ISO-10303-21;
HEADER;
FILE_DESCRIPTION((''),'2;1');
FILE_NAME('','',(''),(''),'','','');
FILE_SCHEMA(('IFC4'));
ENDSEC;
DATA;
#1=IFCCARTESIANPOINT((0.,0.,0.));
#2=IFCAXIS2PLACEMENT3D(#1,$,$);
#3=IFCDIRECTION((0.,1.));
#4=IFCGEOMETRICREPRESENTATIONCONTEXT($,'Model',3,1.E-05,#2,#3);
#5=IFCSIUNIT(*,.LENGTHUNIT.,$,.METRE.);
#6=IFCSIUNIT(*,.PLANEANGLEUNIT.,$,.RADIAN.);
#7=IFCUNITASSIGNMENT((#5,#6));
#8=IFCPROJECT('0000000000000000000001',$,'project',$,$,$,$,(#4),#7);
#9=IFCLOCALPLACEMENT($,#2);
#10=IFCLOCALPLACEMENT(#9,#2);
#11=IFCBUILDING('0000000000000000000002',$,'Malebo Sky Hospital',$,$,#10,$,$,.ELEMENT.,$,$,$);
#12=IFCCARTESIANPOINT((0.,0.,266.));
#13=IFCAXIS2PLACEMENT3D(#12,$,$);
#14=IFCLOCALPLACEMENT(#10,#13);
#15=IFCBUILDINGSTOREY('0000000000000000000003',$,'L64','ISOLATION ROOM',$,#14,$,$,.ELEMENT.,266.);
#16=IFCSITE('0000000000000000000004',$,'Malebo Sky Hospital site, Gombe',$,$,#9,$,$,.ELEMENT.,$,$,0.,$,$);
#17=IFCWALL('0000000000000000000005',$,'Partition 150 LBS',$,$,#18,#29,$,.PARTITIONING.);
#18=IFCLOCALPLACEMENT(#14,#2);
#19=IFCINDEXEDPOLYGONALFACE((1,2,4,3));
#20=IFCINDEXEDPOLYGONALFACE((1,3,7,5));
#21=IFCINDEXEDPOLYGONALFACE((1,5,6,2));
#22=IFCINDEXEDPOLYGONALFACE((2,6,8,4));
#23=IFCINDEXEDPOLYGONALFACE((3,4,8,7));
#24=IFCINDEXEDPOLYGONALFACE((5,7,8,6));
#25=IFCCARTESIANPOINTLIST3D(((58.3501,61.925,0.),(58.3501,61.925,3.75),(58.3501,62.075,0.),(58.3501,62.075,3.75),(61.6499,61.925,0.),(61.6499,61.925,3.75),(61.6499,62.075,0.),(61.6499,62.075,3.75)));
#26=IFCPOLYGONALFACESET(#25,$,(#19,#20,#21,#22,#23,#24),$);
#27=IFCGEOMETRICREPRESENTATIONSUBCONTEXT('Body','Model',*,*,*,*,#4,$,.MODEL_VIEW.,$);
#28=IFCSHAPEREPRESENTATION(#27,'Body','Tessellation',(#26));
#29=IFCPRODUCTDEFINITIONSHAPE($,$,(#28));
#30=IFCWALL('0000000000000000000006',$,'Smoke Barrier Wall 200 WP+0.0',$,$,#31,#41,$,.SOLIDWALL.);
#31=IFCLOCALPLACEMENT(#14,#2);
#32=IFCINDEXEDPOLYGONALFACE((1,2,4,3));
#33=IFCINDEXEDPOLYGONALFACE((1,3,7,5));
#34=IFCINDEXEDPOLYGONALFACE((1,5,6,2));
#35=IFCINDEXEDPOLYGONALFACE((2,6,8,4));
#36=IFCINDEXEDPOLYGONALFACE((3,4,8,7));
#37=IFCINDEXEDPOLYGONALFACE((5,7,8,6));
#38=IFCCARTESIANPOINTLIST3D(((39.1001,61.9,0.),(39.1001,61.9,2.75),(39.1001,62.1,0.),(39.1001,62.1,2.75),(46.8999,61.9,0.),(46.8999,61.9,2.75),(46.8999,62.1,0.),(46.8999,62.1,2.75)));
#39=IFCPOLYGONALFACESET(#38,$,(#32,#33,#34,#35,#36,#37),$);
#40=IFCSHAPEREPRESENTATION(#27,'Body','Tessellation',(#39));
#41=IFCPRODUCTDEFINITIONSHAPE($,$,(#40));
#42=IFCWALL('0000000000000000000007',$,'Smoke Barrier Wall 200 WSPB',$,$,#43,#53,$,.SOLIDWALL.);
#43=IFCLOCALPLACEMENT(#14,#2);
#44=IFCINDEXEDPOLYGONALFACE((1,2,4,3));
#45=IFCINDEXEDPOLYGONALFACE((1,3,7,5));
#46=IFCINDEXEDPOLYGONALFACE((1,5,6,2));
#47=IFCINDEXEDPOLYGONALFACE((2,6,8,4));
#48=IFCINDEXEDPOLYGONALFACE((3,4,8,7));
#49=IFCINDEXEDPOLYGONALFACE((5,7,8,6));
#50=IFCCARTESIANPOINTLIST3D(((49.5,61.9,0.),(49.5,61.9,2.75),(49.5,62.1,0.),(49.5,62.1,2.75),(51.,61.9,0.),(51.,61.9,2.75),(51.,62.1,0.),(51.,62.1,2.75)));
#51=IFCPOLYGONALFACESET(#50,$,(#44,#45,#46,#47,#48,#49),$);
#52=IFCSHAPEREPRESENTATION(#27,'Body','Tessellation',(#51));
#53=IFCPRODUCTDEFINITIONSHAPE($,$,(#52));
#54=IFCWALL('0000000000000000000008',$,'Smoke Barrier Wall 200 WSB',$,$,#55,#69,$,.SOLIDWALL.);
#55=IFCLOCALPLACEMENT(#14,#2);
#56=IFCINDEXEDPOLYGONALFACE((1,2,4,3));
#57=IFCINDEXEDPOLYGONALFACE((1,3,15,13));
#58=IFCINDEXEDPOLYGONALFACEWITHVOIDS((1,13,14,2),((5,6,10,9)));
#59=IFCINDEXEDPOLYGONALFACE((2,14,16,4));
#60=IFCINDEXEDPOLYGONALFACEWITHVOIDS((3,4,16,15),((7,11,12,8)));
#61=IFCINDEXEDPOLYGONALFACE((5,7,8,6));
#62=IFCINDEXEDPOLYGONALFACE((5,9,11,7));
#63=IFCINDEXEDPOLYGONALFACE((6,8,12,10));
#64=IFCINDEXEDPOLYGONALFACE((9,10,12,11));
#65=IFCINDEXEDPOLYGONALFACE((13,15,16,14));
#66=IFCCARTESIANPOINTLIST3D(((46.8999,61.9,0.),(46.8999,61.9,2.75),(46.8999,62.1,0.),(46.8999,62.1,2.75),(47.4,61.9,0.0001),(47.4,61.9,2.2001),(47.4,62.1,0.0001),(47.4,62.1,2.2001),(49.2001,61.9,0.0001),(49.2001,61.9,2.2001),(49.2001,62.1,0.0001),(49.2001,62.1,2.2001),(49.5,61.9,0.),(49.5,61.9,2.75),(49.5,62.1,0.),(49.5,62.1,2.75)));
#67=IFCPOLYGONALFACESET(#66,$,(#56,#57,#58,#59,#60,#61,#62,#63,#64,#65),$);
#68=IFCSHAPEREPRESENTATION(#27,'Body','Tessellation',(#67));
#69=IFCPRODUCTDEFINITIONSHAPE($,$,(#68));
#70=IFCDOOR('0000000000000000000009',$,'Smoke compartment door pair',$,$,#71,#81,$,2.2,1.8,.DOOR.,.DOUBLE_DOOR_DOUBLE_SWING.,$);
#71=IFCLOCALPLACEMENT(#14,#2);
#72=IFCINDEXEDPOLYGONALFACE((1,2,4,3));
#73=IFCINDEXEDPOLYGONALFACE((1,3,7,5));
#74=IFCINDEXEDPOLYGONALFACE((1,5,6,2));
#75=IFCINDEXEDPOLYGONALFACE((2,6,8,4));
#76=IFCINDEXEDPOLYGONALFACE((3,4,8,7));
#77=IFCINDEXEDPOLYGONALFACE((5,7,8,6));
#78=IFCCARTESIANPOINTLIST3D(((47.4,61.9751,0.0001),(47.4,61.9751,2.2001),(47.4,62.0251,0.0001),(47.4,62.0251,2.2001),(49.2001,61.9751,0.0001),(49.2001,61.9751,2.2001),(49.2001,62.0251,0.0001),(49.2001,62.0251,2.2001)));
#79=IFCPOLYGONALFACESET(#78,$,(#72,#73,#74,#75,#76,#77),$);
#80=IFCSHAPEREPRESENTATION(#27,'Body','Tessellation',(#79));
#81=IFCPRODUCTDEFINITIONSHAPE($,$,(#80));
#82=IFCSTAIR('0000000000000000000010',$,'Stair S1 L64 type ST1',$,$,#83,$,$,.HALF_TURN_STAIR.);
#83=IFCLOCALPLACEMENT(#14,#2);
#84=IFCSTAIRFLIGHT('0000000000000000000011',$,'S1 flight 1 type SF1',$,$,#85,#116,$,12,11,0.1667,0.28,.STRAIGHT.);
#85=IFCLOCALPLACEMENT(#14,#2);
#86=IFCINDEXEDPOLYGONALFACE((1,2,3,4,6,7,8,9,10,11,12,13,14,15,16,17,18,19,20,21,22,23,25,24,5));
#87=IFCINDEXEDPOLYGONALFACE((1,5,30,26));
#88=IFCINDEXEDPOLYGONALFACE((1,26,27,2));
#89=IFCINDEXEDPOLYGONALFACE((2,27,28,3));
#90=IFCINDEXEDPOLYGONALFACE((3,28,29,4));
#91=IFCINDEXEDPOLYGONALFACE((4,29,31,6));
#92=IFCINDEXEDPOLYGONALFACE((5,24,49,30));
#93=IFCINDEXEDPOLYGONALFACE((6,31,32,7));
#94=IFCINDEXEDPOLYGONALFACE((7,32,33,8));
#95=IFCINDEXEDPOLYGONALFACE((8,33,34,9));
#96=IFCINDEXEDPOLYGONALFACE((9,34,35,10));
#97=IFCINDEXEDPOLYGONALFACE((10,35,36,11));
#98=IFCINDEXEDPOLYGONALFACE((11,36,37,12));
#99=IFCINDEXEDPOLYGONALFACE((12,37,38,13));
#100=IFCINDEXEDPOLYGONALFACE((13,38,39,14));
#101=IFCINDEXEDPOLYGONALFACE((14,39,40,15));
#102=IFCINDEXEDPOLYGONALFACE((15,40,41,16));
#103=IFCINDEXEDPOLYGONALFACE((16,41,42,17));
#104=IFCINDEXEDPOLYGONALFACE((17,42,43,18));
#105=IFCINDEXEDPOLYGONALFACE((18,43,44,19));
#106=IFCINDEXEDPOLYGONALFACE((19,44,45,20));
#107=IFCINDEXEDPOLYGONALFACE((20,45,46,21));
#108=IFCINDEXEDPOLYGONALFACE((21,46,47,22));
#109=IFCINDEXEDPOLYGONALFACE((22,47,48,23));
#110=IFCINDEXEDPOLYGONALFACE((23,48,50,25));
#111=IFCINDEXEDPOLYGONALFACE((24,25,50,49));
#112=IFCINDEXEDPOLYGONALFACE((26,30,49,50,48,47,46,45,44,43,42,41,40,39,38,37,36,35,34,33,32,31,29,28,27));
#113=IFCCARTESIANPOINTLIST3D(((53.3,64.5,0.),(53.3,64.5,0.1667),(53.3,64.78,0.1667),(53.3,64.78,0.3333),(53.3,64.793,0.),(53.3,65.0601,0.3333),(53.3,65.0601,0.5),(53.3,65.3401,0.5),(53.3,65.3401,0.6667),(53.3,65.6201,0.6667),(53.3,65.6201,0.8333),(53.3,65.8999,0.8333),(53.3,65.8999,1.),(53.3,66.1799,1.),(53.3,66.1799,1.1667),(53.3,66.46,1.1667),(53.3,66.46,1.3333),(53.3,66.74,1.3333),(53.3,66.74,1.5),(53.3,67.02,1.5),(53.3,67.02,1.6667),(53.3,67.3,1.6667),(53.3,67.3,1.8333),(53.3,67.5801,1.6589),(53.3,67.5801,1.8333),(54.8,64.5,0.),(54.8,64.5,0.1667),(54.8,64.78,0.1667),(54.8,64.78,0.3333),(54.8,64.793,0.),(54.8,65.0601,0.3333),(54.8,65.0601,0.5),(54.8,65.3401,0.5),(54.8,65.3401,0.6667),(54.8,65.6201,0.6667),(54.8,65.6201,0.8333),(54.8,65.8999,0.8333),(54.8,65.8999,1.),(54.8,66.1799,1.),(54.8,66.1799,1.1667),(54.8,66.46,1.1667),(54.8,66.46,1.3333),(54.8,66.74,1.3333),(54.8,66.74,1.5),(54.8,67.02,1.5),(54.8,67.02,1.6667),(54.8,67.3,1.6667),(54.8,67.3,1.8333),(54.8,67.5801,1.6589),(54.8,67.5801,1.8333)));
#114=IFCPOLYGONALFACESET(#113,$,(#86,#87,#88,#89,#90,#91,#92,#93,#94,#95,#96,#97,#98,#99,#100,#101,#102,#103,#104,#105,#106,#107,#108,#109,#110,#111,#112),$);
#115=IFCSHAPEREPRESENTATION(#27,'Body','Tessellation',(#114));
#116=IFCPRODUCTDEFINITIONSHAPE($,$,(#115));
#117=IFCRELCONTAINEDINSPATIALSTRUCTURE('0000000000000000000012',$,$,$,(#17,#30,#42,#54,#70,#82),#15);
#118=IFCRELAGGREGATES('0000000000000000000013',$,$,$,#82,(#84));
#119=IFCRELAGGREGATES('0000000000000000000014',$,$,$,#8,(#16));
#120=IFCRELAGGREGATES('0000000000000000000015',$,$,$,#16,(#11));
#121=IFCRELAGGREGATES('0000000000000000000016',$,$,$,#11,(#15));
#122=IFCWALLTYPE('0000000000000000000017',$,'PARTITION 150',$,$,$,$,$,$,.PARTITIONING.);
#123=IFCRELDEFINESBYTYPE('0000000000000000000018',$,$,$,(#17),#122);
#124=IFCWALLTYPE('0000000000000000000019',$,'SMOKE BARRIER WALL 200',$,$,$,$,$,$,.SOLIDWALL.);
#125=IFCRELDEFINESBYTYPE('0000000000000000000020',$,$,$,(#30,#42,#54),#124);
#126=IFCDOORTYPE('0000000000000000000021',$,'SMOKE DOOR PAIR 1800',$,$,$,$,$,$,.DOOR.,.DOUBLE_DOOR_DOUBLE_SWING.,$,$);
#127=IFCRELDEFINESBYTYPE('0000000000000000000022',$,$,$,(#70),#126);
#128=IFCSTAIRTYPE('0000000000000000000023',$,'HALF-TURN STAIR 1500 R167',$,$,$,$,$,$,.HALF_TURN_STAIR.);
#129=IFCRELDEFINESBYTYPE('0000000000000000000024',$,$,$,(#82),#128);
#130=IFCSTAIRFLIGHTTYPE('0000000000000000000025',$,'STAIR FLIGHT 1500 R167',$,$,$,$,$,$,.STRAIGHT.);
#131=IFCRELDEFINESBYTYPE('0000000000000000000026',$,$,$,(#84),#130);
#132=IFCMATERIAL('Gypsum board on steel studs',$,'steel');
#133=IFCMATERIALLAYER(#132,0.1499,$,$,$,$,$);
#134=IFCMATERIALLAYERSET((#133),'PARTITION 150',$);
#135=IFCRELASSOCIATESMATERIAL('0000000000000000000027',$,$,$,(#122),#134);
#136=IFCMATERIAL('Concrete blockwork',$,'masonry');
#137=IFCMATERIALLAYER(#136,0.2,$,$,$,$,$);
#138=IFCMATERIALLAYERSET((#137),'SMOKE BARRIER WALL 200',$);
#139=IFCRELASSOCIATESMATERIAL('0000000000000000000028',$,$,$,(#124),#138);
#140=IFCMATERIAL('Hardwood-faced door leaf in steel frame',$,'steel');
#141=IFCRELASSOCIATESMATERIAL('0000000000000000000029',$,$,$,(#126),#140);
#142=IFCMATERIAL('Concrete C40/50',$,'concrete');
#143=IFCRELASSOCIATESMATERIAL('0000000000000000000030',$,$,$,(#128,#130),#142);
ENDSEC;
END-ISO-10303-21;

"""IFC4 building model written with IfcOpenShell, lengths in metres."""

from ifc_helpers import new_model, si_unit, direction, frame, frame_2d, origin, place, context, subcontext, project, spatial, polyline, rectangle, outline, extrude, material, layer, layer_set, type_object, element, fill, aggregate, save


model = new_model("IFC4")

# Units and contexts
model_context = context("Model", 3, precision=1e-05, world=origin(), true_north=direction((0.0, 1.0)))
body_context = subcontext(model_context, "Body", "Model", "MODEL_VIEW")
ifc_project = project(units=[si_unit("LENGTHUNIT", "METRE"), si_unit("PLANEANGLEUNIT", "RADIAN")], contexts=[model_context])

# Site, building, storey
site_placement = place(None, origin())
site = spatial("IfcSite", under=ifc_project, at=site_placement, Name="Malebo Sky Hospital site, Gombe", CompositionType="ELEMENT", RefElevation=0.0)
building_placement = place(site_placement, origin())
building = spatial("IfcBuilding", under=site, at=building_placement, Name="Malebo Sky Hospital", CompositionType="ELEMENT")
storey_placement = place(building_placement, frame((0.0, 0.0, 266.0)))
storey = spatial("IfcBuildingStorey", under=building, at=storey_placement, Name="L64", Description="ISOLATION ROOM", CompositionType="ELEMENT", Elevation=266.0)

# Shared definitions
ifc_material_1 = material(Name="Hardwood-faced door leaf in steel frame", Category="steel")

# Shared definitions
ifc_material_2 = material(Name="Gypsum board on steel studs", Category="steel")

# Walls
ifc_layer_1 = layer(ifc_material_2, 0.1499)
ifc_layer_set_1 = layer_set([ifc_layer_1], Name="PARTITION 150")
wall_type_1 = type_object("IfcWallType", Name="PARTITION 150", PredefinedType="PARTITIONING", material=ifc_layer_set_1)
wall_1_placement = place(storey_placement, frame((58.3501, 62.0, 0.0), z_axis=(0.0, 0.0, 1.0), x_axis=(1.0, 0.0, 0.0)))
element("IfcWall", 1, at=wall_1_placement, inside=storey, type_object=wall_type_1, Name="Partition 150 LBS", PredefinedType="PARTITIONING", context=body_context, shape_type="SweptSolid", body=[
    extrude(rectangle(XDim=3.2998, YDim=0.1499, at=frame_2d((1.6499, 0.0))), origin(), (0.0, 0.0, 1.0), 3.75),
])
ifc_material_3 = material(Name="Concrete blockwork", Category="masonry")
ifc_layer_2 = layer(ifc_material_3, 0.2)
ifc_layer_set_2 = layer_set([ifc_layer_2], Name="SMOKE BARRIER WALL 200")
wall_type_2 = type_object("IfcWallType", Name="SMOKE BARRIER WALL 200", PredefinedType="SOLIDWALL", material=ifc_layer_set_2)
wall_2_placement = place(storey_placement, frame((46.8999, 62.0, 0.0), z_axis=(0.0, 0.0, 1.0), x_axis=(-1.0, 0.0, 0.0)))
element("IfcWall", 2, at=wall_2_placement, inside=storey, type_object=wall_type_2, Name="Smoke Barrier Wall 200 WP+0.0", PredefinedType="SOLIDWALL", context=body_context, shape_type="SweptSolid", body=[
    extrude(rectangle(XDim=7.7998, YDim=0.2, at=frame_2d((3.8999, 0.0))), origin(), (0.0, 0.0, 1.0), 2.75),
])
wall_3_placement = place(storey_placement, frame((51.0, 62.0, 0.0), z_axis=(0.0, 0.0, 1.0), x_axis=(-1.0, 0.0, 0.0)))
element("IfcWall", 3, at=wall_3_placement, inside=storey, type_object=wall_type_2, Name="Smoke Barrier Wall 200 WSPB", PredefinedType="SOLIDWALL", context=body_context, shape_type="SweptSolid", body=[
    extrude(rectangle(XDim=1.5, YDim=0.2, at=frame_2d((0.75, 0.0))), origin(), (0.0, 0.0, 1.0), 2.75),
])

# Wall, opening, door
wall_4_placement = place(storey_placement, frame((49.5, 62.0, 0.0), z_axis=(0.0, 0.0, 1.0), x_axis=(-1.0, 0.0, 0.0)))
wall_4 = element("IfcWall", 4, at=wall_4_placement, inside=storey, type_object=wall_type_2, Name="Smoke Barrier Wall 200 WSB", PredefinedType="SOLIDWALL", context=body_context, shape_type="SweptSolid", body=[
    extrude(rectangle(XDim=2.6001, YDim=0.2, at=frame_2d((1.3, 0.0))), origin(), (0.0, 0.0, 1.0), 2.75),
])
opening_1_placement = place(wall_4_placement, frame((0.3, 0.0, 0.0)))
opening_1 = element("IfcOpeningElement", 5, at=opening_1_placement, cuts=wall_4, PredefinedType="OPENING", context=body_context, shape_type="SweptSolid", body=[
    extrude(rectangle(XDim=1.8, YDim=2.2, at=frame_2d((0.8999, 1.1001))), frame((0.0, 0.1099, 0.0), z_axis=(0.0, -1.0, 0.0), x_axis=(1.0, 0.0, 0.0)), (0.0, 0.0, 1.0), 0.22),
])
door_type_1 = type_object("IfcDoorType", Name="SMOKE DOOR PAIR 1800", OperationType="DOUBLE_DOOR_DOUBLE_SWING", PredefinedType="DOOR", material=ifc_material_1)
door_1_placement = place(opening_1_placement, origin())
door_1 = element("IfcDoor", 6, at=door_1_placement, inside=storey, type_object=door_type_1, Name="Smoke compartment door pair", OperationType="DOUBLE_DOOR_DOUBLE_SWING", OverallHeight=2.2, OverallWidth=1.8, PredefinedType="DOOR", context=body_context, shape_type="SweptSolid", body=[
    extrude(rectangle(XDim=1.8, YDim=2.2, at=frame_2d((0.8999, 1.1001))), frame((0.0, 0.0249, 0.0), z_axis=(0.0, -1.0, 0.0), x_axis=(1.0, 0.0, 0.0)), (0.0, 0.0, 1.0), 0.05),
])
fill(opening_1, door_1)

# Stair, stair flight
ifc_material_4 = material(Name="Concrete C40/50", Category="concrete")
stair_type = type_object("IfcStairType", Name="HALF-TURN STAIR 1500 R167", PredefinedType="HALF_TURN_STAIR", material=ifc_material_4)
stair_placement = place(storey_placement, origin())
stair = element("IfcStair", 7, at=stair_placement, inside=storey, type_object=stair_type, Name="Stair S1 L64 type ST1", PredefinedType="HALF_TURN_STAIR")
stair_flight_type = type_object("IfcStairFlightType", Name="STAIR FLIGHT 1500 R167", PredefinedType="STRAIGHT", material=ifc_material_4)
stair_flight_placement = place(storey_placement, frame((54.05, 64.5, 0.0), z_axis=(0.0, 0.0, 1.0), x_axis=(0.0, 1.0, 0.0)))
stair_flight = element("IfcStairFlight", 8, at=stair_flight_placement, type_object=stair_flight_type, Name="S1 flight 1 type SF1", NumberOfRisers=12, NumberOfTreads=11, PredefinedType="STRAIGHT", RiserHeight=0.1667, TreadLength=0.28, context=body_context, shape_type="SweptSolid", body=[
    extrude(outline(polyline([(0.0, 0.0), (0.0, 0.1667), (0.28, 0.1667), (0.28, 0.3333), (0.5601, 0.3333), (0.5601, 0.5), (0.8401, 0.5), (0.8401, 0.6667), (1.1201, 0.6667), (1.1201, 0.8333), (1.3999, 0.8333), (1.3999, 1.0), (1.6799, 1.0), (1.6799, 1.1667), (1.96, 1.1667), (1.96, 1.3333), (2.24, 1.3333), (2.24, 1.5), (2.52, 1.5), (2.52, 1.6667), (2.8, 1.6667), (2.8, 1.8333), (3.0801, 1.8333), (3.0801, 2.0), (3.0801, 1.6589), (0.293, 0.0), (0.0, 0.0)])), frame((0.0, 0.75, 0.0), z_axis=(0.0, -1.0, 0.0), x_axis=(1.0, 0.0, 0.0)), (0.0, 0.0, 1.0), 1.5),
])
aggregate(stair, [stair_flight])

save(model, "model.ifc")
